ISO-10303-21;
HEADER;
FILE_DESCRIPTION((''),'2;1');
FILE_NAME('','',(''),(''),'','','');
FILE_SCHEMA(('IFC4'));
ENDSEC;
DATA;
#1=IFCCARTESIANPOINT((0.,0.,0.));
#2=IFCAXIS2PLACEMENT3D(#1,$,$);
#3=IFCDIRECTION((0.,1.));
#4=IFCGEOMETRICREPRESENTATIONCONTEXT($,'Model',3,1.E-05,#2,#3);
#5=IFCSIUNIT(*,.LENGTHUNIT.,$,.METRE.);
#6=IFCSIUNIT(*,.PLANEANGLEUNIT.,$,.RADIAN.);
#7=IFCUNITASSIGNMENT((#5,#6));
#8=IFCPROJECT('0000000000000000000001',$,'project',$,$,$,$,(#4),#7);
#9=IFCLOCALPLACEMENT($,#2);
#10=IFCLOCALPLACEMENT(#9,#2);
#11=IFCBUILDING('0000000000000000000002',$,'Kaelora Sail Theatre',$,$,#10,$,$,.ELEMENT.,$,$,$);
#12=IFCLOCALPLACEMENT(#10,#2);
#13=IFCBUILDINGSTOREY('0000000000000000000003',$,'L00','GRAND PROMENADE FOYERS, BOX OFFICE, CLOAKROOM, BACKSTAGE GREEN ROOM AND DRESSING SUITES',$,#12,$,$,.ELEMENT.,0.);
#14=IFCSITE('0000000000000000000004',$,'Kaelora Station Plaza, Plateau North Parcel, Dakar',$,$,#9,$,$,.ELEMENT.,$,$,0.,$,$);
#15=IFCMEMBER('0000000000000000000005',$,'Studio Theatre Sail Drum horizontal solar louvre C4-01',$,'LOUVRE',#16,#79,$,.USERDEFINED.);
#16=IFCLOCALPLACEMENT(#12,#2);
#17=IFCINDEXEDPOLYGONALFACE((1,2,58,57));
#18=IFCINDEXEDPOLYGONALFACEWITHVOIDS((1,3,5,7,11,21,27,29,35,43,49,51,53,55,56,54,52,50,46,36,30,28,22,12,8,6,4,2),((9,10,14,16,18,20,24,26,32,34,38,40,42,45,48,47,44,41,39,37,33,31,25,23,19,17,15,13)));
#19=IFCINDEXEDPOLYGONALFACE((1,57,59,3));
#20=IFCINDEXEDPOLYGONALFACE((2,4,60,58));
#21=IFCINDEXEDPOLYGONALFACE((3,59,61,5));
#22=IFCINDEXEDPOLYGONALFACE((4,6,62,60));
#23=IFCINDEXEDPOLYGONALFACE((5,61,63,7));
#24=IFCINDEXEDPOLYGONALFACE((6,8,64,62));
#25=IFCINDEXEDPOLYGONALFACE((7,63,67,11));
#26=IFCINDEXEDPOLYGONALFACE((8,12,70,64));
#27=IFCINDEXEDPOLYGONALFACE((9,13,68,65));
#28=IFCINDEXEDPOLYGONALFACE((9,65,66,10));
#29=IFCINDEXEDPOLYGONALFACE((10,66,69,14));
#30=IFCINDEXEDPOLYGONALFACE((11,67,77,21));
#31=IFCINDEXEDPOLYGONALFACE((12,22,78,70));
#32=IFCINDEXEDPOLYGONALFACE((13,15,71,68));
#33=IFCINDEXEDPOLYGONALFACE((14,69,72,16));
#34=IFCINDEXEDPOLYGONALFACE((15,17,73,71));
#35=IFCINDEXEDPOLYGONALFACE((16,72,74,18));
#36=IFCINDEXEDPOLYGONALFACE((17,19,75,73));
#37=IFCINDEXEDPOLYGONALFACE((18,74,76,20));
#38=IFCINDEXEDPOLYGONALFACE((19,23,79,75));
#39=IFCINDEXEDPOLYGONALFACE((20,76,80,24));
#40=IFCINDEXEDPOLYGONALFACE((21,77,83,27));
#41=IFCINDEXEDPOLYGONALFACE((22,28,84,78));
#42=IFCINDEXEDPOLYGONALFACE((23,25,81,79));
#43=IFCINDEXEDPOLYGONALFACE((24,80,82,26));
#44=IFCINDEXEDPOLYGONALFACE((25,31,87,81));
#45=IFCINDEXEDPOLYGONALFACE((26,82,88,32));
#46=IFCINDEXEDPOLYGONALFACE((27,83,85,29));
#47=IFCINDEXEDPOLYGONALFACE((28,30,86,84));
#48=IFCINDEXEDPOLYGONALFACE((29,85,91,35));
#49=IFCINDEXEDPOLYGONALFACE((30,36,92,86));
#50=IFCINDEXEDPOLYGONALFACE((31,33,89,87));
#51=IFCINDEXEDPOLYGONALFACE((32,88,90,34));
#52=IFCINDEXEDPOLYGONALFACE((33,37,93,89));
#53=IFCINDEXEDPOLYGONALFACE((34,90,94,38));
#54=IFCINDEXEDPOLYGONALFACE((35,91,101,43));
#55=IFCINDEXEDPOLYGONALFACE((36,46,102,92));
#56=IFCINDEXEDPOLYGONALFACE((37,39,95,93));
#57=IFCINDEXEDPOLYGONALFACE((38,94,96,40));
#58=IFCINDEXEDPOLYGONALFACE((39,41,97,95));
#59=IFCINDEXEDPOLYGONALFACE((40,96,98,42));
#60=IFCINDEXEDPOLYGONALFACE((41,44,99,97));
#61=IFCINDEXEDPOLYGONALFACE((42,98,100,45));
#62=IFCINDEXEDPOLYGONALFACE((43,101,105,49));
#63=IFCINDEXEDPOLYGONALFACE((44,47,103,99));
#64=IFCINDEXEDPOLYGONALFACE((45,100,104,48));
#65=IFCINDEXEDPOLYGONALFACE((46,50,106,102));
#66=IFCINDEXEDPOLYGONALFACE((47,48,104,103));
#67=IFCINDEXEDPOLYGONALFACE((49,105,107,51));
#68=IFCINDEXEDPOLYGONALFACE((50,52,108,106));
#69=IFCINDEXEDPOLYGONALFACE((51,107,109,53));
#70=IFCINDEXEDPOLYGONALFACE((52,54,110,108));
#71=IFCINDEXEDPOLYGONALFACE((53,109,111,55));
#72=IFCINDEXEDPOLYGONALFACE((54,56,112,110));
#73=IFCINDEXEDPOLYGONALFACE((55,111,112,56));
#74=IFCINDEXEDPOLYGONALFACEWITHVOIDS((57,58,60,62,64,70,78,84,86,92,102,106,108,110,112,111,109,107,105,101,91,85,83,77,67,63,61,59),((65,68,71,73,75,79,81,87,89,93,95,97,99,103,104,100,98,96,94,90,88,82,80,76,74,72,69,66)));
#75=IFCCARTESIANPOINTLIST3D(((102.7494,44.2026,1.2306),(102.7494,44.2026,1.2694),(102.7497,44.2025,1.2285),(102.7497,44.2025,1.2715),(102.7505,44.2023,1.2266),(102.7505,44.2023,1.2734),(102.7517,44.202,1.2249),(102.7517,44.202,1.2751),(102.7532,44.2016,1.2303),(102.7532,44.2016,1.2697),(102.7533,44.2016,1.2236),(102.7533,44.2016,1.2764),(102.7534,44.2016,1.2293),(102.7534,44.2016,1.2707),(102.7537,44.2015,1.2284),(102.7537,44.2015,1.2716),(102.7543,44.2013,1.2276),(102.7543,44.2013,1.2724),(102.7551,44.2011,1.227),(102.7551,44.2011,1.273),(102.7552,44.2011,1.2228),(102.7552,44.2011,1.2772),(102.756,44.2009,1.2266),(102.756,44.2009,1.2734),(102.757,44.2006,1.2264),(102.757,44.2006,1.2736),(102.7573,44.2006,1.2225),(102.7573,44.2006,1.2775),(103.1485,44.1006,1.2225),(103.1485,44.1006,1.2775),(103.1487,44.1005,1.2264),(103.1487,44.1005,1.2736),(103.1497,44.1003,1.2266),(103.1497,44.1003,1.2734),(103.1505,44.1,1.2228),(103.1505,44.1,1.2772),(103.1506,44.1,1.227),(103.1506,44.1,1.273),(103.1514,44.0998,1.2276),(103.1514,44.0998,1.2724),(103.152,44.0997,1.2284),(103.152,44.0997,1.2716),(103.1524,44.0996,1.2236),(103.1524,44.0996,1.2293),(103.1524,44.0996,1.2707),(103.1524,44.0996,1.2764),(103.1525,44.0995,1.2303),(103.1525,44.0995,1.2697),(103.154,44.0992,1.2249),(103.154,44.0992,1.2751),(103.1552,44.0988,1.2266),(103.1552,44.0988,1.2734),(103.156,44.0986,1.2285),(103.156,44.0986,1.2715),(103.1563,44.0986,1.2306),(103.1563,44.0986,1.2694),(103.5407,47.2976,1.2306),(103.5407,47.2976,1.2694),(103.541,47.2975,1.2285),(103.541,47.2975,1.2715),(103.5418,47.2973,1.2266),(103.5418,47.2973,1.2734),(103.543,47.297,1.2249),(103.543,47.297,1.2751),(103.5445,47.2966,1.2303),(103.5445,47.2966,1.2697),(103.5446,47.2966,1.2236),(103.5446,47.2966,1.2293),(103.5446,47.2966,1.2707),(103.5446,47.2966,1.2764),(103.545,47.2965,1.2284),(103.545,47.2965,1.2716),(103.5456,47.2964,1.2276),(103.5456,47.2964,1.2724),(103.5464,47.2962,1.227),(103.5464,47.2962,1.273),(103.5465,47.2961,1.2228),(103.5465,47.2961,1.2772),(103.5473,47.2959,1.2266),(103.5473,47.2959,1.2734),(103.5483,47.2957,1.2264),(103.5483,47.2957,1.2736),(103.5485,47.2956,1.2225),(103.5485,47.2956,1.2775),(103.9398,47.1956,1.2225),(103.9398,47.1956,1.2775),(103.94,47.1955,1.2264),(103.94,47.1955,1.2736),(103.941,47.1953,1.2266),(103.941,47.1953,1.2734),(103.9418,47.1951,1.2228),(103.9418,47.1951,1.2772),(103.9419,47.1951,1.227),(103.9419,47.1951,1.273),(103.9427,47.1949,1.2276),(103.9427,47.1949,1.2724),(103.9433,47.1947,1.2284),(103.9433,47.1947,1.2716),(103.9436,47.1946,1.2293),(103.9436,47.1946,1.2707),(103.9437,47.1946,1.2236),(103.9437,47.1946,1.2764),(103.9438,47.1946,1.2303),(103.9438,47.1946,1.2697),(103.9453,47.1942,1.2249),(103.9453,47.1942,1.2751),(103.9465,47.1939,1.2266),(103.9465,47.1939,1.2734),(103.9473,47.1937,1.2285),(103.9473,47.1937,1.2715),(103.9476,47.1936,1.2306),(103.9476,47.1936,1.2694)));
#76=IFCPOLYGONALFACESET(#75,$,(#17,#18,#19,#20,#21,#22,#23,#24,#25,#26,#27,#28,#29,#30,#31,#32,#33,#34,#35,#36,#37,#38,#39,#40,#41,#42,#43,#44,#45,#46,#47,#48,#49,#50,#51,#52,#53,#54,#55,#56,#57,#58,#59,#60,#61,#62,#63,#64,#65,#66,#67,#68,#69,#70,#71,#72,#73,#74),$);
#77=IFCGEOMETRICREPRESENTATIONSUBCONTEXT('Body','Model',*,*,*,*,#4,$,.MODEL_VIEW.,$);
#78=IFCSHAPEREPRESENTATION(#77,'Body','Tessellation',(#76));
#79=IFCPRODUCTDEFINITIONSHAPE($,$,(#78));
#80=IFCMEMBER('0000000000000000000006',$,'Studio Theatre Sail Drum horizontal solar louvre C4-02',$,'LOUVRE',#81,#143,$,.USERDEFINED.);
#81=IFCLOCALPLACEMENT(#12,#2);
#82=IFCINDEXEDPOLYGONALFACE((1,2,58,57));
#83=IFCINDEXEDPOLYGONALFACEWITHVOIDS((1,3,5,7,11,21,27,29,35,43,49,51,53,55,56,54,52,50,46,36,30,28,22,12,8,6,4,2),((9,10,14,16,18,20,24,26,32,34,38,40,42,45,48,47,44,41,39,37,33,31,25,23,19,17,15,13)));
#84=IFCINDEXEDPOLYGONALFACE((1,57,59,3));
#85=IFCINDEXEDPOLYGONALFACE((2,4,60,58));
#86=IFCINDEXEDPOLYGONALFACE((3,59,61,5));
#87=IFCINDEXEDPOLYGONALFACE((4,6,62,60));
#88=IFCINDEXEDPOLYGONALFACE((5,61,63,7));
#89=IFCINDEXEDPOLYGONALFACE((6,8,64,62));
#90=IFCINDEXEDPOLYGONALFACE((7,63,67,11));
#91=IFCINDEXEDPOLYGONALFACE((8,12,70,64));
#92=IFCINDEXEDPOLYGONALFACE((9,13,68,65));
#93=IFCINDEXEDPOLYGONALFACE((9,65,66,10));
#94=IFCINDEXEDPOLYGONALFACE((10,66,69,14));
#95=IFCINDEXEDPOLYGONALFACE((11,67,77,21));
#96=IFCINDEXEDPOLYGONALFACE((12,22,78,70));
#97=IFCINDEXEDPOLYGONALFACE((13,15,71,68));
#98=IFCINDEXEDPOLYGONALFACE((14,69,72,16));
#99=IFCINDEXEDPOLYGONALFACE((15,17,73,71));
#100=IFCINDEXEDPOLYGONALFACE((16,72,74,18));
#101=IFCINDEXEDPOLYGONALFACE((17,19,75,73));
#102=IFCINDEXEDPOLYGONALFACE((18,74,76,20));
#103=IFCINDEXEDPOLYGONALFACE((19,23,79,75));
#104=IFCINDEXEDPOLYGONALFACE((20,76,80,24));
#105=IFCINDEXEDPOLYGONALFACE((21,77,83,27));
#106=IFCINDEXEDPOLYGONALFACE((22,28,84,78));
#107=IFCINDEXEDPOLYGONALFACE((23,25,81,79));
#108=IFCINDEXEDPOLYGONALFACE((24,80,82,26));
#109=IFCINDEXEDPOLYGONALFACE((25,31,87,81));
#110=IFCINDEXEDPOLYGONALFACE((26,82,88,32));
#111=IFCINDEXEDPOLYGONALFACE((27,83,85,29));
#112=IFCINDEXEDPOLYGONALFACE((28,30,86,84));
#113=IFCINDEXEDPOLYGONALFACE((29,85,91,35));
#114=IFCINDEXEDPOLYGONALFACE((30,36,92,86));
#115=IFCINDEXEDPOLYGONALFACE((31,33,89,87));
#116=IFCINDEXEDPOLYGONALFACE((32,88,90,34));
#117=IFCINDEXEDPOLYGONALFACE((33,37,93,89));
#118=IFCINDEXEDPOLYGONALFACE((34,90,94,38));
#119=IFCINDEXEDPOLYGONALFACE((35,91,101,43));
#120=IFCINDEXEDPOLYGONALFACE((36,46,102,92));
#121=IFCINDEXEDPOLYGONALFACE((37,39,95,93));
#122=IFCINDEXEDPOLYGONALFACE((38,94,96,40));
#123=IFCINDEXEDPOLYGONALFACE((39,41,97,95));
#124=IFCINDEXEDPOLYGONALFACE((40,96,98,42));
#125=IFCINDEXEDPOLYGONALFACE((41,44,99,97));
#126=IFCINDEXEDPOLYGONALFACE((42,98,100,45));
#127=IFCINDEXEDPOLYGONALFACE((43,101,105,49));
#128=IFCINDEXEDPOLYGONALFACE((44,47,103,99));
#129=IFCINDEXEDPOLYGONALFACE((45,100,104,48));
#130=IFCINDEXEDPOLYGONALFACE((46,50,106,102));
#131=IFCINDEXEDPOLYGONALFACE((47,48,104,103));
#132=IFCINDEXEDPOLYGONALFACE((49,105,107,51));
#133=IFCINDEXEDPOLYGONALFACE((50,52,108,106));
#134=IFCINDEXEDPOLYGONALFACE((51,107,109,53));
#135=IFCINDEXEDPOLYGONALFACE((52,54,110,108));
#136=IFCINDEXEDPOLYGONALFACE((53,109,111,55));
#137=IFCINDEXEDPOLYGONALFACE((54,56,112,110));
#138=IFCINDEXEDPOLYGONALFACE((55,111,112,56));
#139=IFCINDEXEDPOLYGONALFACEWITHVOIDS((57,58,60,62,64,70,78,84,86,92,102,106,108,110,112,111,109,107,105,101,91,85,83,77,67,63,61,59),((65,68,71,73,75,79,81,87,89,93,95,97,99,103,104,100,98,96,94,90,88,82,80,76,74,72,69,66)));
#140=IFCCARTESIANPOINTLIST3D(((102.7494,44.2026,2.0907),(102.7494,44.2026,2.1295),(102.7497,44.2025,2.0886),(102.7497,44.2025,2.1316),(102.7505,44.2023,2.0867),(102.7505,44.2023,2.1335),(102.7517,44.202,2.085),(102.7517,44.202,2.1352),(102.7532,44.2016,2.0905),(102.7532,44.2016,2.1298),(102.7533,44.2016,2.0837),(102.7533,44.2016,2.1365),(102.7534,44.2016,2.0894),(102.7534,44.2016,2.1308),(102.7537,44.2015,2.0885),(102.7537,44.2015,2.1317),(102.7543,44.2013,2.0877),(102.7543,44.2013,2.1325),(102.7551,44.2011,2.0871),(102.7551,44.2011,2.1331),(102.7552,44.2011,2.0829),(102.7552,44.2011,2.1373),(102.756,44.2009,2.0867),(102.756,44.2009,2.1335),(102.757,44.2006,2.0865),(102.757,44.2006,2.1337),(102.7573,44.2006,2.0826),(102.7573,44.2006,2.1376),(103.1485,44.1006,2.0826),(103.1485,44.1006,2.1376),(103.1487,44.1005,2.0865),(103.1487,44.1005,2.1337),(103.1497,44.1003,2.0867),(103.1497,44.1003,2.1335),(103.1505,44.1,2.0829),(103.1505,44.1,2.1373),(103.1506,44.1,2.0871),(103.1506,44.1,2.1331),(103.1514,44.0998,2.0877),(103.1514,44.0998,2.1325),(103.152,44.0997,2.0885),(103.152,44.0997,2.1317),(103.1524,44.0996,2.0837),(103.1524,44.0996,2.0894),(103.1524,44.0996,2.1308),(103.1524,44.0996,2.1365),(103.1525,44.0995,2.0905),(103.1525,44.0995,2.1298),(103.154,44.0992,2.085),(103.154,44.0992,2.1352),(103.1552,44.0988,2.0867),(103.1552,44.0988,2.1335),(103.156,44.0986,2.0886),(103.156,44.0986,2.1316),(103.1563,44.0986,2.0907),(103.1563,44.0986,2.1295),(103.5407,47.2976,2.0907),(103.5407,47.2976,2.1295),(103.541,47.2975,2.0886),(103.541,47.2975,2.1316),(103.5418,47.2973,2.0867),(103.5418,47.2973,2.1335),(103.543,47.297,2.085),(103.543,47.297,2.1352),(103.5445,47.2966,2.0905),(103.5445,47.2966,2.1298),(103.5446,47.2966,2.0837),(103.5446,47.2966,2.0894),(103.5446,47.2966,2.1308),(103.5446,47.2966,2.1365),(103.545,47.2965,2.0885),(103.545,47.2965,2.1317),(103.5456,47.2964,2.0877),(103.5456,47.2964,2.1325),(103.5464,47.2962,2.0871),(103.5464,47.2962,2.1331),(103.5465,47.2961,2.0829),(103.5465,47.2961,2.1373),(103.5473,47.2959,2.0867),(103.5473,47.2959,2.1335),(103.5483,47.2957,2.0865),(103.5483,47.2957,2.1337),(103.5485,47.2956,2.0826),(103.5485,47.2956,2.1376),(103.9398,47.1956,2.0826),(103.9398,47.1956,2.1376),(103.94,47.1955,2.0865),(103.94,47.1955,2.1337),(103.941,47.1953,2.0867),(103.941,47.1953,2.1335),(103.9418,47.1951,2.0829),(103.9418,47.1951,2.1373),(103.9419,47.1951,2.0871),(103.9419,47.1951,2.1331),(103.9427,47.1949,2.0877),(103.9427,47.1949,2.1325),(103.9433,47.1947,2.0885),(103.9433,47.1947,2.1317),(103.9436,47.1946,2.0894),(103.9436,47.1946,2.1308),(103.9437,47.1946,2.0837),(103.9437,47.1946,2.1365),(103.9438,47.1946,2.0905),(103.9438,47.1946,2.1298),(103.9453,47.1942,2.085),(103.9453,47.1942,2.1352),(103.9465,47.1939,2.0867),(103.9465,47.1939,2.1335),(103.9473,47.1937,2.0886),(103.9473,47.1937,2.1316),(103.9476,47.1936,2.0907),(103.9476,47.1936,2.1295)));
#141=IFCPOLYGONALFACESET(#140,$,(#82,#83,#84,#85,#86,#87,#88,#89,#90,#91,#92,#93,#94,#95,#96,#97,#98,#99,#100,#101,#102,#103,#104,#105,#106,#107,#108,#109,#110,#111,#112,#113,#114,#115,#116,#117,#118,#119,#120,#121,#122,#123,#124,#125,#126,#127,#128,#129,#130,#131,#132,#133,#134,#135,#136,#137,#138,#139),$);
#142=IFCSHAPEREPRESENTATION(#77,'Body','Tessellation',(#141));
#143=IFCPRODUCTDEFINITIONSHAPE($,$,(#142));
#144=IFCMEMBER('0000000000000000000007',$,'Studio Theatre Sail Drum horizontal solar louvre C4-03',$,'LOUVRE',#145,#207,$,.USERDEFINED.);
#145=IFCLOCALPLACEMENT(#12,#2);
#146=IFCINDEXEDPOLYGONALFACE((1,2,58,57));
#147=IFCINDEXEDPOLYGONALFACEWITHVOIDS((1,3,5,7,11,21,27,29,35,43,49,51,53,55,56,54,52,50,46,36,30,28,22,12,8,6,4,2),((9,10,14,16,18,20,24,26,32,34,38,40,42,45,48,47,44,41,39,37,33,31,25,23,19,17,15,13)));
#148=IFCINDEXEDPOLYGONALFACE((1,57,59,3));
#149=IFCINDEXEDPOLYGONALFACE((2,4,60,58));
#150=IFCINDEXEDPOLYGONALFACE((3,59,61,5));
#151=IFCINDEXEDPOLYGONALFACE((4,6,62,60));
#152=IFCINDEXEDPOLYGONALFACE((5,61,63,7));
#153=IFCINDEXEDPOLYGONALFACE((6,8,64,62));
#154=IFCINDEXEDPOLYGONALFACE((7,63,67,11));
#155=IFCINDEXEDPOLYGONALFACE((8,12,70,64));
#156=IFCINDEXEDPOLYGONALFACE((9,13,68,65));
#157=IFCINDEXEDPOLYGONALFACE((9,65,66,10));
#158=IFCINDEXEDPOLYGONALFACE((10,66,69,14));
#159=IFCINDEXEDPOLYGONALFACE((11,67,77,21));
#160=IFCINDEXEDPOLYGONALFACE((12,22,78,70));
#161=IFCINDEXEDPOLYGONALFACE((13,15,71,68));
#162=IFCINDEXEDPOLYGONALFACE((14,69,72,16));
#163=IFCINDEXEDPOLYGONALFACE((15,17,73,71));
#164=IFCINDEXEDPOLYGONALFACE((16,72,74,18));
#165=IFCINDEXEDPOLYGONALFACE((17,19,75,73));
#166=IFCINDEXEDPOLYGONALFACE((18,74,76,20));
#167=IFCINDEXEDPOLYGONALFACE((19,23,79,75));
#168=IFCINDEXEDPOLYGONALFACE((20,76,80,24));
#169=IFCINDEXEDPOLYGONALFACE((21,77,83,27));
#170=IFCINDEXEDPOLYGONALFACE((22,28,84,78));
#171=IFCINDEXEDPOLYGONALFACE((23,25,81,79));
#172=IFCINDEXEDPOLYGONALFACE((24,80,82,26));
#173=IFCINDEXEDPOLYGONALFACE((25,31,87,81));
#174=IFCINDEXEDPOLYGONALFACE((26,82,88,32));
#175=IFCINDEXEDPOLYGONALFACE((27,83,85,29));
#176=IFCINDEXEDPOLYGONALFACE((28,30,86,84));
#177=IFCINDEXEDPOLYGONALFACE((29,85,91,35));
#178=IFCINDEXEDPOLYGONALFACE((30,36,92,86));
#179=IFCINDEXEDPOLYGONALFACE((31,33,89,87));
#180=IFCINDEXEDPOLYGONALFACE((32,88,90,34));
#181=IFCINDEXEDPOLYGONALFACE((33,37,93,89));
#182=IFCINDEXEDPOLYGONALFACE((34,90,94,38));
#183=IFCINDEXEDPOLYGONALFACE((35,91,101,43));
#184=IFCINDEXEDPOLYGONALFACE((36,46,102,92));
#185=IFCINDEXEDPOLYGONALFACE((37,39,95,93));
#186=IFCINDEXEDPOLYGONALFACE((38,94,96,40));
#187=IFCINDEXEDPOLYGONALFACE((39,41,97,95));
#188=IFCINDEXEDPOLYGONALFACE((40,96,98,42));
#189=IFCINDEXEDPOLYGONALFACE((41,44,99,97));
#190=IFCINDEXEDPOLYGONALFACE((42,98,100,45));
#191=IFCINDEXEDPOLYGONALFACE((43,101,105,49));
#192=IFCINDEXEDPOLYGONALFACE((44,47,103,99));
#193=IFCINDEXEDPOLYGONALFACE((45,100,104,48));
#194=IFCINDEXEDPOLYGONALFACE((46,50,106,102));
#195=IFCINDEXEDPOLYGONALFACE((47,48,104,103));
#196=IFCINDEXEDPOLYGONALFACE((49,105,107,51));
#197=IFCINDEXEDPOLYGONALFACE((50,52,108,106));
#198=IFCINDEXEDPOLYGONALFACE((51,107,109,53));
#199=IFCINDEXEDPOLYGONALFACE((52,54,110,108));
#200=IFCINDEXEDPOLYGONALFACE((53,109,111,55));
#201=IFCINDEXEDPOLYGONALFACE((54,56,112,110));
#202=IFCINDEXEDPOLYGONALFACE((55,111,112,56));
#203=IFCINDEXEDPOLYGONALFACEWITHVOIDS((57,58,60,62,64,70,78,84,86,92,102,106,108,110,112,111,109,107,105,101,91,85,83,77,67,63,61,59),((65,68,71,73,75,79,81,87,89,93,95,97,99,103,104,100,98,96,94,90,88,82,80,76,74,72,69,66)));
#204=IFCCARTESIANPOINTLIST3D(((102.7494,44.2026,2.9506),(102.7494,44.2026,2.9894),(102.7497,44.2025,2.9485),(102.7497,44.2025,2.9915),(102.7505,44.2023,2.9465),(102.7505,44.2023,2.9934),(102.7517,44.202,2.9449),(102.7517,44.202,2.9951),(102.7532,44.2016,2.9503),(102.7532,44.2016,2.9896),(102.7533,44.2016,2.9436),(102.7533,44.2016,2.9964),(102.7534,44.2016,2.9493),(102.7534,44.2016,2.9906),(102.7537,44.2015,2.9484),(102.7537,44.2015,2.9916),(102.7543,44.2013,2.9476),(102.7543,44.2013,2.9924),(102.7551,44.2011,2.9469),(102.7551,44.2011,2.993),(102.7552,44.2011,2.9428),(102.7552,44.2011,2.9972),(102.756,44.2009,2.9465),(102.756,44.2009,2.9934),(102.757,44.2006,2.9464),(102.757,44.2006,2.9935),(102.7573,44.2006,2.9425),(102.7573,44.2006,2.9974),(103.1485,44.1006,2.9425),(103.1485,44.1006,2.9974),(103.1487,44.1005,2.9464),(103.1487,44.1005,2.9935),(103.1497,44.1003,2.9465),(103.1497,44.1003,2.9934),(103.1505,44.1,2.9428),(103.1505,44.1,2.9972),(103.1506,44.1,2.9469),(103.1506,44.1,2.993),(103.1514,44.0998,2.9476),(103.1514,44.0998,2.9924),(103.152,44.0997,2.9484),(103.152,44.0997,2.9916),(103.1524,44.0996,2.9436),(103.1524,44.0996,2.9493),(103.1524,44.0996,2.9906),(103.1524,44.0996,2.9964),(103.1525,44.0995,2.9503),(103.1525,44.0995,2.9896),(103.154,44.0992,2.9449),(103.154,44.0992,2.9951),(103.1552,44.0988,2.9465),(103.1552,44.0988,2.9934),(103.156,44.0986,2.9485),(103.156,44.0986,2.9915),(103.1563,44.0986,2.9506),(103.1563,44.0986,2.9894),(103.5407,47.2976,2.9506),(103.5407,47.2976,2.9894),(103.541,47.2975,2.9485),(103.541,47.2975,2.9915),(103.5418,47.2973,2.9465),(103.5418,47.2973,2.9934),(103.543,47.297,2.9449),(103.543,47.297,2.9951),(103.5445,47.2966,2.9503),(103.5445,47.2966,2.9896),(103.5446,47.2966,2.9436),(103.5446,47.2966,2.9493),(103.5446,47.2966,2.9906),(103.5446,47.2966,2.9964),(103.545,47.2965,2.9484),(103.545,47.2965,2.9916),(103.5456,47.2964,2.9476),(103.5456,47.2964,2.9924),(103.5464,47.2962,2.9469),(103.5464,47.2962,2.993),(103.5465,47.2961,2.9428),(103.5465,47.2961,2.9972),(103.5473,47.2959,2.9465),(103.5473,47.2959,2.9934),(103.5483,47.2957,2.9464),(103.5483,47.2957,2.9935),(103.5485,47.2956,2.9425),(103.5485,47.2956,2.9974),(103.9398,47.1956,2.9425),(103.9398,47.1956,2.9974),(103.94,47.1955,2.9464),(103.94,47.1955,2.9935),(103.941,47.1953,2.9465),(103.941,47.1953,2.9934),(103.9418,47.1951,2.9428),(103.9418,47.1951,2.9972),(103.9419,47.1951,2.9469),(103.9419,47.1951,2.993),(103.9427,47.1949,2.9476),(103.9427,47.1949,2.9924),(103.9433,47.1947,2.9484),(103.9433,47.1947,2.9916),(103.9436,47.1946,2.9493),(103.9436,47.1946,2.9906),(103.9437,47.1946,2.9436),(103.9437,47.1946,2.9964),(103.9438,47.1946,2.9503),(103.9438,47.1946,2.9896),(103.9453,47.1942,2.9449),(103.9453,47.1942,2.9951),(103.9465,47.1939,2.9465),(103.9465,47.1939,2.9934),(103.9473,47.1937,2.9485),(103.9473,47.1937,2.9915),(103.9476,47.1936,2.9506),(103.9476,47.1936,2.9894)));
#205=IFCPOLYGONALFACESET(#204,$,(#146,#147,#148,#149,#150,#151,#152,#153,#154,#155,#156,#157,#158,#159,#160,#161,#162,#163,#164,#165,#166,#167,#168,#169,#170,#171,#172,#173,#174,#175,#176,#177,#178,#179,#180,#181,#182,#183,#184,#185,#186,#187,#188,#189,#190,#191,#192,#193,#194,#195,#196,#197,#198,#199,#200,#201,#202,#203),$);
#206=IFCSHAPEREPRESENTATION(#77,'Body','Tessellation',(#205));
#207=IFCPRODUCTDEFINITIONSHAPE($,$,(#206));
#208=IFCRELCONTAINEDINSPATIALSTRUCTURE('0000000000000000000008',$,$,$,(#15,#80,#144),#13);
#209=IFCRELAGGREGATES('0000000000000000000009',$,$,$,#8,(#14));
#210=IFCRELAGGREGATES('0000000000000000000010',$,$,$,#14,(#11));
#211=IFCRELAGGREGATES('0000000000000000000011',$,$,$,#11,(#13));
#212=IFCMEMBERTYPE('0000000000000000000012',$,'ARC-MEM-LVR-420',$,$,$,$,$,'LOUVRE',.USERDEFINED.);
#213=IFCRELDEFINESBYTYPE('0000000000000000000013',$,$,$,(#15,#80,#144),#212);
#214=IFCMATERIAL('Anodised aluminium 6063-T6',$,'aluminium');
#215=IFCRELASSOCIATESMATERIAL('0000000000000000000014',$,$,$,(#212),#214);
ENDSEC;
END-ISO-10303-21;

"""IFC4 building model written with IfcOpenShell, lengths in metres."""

from ifc_helpers import new_model, si_unit, direction, frame, origin, origin_2d, place, context, subcontext, project, spatial, hollow_rectangle, extrude, material, material_profile, profile_set, type_object, element, save


model = new_model("IFC4")

# Units and contexts
model_context = context("Model", 3, precision=1e-05, world=origin(), true_north=direction((0.0, 1.0)))
body_context = subcontext(model_context, "Body", "Model", "MODEL_VIEW")
ifc_project = project(units=[si_unit("LENGTHUNIT", "METRE"), si_unit("PLANEANGLEUNIT", "RADIAN")], contexts=[model_context])

# Site, building, storey
site_placement = place(None, origin())
site = spatial("IfcSite", under=ifc_project, at=site_placement, Name="Kaelora Station Plaza, Plateau North Parcel, Dakar", CompositionType="ELEMENT", RefElevation=0.0)
building_placement = place(site_placement, origin())
building = spatial("IfcBuilding", under=site, at=building_placement, Name="Kaelora Sail Theatre", CompositionType="ELEMENT")
storey_placement = place(building_placement, origin())
storey = spatial("IfcBuildingStorey", under=building, at=storey_placement, Name="L00", Description="GRAND PROMENADE FOYERS, BOX OFFICE, CLOAKROOM, BACKSTAGE GREEN ROOM AND DRESSING SUITES", CompositionType="ELEMENT", Elevation=0.0)

# Members
ifc_material_1 = material(Name="Anodised aluminium 6063-T6", Category="aluminium")
ifc_material_profile_1 = material_profile(ifc_material_1, hollow_rectangle(XDim=0.4199, YDim=0.0549, WallThickness=0.0039, InnerFilletRadius=0.0039, OuterFilletRadius=0.0081, at=origin_2d()), Name="LOUVRE 420x55x4")
ifc_profile_set_1 = profile_set([ifc_material_profile_1], Name="Anodised aluminium 6063-T6")
member_type_1 = type_object("IfcMemberType", Name="ARC-MEM-LVR-420", ElementType="LOUVRE", PredefinedType="USERDEFINED", material=ifc_profile_set_1)
for number, where, z_axis, x_axis, name in (
    (1, (103.7441, 47.2456, 1.25), (-0.247693, -0.968839, 0.0), (0.968839, -0.247693, 0.0), "Studio Theatre Sail Drum horizontal solar louvre C4-01"),
    (2, (103.7441, 47.2456, 2.1101), (-0.247693, -0.968839, 0.0), (0.968839, -0.247693, 0.0), "Studio Theatre Sail Drum horizontal solar louvre C4-02"),
    (3, (103.7441, 47.2456, 2.97), (-0.247693, -0.968839, 0.0), (0.968839, -0.247693, 0.0), "Studio Theatre Sail Drum horizontal solar louvre C4-03"),
):
    element("IfcMember", number, at=place(storey_placement, frame(where, z_axis=z_axis, x_axis=x_axis)), inside=storey, type_object=member_type_1, Name=name, ObjectType="LOUVRE", PredefinedType="USERDEFINED", context=body_context, shape_type="SweptSolid", body=[
        extrude(hollow_rectangle(XDim=0.4199, YDim=0.0549, WallThickness=0.0039, InnerFilletRadius=0.0039, OuterFilletRadius=0.0081, at=origin_2d()), origin(), (0.0, 0.0, 1.0), 3.1946),
    ])

save(model, "model.ifc")
